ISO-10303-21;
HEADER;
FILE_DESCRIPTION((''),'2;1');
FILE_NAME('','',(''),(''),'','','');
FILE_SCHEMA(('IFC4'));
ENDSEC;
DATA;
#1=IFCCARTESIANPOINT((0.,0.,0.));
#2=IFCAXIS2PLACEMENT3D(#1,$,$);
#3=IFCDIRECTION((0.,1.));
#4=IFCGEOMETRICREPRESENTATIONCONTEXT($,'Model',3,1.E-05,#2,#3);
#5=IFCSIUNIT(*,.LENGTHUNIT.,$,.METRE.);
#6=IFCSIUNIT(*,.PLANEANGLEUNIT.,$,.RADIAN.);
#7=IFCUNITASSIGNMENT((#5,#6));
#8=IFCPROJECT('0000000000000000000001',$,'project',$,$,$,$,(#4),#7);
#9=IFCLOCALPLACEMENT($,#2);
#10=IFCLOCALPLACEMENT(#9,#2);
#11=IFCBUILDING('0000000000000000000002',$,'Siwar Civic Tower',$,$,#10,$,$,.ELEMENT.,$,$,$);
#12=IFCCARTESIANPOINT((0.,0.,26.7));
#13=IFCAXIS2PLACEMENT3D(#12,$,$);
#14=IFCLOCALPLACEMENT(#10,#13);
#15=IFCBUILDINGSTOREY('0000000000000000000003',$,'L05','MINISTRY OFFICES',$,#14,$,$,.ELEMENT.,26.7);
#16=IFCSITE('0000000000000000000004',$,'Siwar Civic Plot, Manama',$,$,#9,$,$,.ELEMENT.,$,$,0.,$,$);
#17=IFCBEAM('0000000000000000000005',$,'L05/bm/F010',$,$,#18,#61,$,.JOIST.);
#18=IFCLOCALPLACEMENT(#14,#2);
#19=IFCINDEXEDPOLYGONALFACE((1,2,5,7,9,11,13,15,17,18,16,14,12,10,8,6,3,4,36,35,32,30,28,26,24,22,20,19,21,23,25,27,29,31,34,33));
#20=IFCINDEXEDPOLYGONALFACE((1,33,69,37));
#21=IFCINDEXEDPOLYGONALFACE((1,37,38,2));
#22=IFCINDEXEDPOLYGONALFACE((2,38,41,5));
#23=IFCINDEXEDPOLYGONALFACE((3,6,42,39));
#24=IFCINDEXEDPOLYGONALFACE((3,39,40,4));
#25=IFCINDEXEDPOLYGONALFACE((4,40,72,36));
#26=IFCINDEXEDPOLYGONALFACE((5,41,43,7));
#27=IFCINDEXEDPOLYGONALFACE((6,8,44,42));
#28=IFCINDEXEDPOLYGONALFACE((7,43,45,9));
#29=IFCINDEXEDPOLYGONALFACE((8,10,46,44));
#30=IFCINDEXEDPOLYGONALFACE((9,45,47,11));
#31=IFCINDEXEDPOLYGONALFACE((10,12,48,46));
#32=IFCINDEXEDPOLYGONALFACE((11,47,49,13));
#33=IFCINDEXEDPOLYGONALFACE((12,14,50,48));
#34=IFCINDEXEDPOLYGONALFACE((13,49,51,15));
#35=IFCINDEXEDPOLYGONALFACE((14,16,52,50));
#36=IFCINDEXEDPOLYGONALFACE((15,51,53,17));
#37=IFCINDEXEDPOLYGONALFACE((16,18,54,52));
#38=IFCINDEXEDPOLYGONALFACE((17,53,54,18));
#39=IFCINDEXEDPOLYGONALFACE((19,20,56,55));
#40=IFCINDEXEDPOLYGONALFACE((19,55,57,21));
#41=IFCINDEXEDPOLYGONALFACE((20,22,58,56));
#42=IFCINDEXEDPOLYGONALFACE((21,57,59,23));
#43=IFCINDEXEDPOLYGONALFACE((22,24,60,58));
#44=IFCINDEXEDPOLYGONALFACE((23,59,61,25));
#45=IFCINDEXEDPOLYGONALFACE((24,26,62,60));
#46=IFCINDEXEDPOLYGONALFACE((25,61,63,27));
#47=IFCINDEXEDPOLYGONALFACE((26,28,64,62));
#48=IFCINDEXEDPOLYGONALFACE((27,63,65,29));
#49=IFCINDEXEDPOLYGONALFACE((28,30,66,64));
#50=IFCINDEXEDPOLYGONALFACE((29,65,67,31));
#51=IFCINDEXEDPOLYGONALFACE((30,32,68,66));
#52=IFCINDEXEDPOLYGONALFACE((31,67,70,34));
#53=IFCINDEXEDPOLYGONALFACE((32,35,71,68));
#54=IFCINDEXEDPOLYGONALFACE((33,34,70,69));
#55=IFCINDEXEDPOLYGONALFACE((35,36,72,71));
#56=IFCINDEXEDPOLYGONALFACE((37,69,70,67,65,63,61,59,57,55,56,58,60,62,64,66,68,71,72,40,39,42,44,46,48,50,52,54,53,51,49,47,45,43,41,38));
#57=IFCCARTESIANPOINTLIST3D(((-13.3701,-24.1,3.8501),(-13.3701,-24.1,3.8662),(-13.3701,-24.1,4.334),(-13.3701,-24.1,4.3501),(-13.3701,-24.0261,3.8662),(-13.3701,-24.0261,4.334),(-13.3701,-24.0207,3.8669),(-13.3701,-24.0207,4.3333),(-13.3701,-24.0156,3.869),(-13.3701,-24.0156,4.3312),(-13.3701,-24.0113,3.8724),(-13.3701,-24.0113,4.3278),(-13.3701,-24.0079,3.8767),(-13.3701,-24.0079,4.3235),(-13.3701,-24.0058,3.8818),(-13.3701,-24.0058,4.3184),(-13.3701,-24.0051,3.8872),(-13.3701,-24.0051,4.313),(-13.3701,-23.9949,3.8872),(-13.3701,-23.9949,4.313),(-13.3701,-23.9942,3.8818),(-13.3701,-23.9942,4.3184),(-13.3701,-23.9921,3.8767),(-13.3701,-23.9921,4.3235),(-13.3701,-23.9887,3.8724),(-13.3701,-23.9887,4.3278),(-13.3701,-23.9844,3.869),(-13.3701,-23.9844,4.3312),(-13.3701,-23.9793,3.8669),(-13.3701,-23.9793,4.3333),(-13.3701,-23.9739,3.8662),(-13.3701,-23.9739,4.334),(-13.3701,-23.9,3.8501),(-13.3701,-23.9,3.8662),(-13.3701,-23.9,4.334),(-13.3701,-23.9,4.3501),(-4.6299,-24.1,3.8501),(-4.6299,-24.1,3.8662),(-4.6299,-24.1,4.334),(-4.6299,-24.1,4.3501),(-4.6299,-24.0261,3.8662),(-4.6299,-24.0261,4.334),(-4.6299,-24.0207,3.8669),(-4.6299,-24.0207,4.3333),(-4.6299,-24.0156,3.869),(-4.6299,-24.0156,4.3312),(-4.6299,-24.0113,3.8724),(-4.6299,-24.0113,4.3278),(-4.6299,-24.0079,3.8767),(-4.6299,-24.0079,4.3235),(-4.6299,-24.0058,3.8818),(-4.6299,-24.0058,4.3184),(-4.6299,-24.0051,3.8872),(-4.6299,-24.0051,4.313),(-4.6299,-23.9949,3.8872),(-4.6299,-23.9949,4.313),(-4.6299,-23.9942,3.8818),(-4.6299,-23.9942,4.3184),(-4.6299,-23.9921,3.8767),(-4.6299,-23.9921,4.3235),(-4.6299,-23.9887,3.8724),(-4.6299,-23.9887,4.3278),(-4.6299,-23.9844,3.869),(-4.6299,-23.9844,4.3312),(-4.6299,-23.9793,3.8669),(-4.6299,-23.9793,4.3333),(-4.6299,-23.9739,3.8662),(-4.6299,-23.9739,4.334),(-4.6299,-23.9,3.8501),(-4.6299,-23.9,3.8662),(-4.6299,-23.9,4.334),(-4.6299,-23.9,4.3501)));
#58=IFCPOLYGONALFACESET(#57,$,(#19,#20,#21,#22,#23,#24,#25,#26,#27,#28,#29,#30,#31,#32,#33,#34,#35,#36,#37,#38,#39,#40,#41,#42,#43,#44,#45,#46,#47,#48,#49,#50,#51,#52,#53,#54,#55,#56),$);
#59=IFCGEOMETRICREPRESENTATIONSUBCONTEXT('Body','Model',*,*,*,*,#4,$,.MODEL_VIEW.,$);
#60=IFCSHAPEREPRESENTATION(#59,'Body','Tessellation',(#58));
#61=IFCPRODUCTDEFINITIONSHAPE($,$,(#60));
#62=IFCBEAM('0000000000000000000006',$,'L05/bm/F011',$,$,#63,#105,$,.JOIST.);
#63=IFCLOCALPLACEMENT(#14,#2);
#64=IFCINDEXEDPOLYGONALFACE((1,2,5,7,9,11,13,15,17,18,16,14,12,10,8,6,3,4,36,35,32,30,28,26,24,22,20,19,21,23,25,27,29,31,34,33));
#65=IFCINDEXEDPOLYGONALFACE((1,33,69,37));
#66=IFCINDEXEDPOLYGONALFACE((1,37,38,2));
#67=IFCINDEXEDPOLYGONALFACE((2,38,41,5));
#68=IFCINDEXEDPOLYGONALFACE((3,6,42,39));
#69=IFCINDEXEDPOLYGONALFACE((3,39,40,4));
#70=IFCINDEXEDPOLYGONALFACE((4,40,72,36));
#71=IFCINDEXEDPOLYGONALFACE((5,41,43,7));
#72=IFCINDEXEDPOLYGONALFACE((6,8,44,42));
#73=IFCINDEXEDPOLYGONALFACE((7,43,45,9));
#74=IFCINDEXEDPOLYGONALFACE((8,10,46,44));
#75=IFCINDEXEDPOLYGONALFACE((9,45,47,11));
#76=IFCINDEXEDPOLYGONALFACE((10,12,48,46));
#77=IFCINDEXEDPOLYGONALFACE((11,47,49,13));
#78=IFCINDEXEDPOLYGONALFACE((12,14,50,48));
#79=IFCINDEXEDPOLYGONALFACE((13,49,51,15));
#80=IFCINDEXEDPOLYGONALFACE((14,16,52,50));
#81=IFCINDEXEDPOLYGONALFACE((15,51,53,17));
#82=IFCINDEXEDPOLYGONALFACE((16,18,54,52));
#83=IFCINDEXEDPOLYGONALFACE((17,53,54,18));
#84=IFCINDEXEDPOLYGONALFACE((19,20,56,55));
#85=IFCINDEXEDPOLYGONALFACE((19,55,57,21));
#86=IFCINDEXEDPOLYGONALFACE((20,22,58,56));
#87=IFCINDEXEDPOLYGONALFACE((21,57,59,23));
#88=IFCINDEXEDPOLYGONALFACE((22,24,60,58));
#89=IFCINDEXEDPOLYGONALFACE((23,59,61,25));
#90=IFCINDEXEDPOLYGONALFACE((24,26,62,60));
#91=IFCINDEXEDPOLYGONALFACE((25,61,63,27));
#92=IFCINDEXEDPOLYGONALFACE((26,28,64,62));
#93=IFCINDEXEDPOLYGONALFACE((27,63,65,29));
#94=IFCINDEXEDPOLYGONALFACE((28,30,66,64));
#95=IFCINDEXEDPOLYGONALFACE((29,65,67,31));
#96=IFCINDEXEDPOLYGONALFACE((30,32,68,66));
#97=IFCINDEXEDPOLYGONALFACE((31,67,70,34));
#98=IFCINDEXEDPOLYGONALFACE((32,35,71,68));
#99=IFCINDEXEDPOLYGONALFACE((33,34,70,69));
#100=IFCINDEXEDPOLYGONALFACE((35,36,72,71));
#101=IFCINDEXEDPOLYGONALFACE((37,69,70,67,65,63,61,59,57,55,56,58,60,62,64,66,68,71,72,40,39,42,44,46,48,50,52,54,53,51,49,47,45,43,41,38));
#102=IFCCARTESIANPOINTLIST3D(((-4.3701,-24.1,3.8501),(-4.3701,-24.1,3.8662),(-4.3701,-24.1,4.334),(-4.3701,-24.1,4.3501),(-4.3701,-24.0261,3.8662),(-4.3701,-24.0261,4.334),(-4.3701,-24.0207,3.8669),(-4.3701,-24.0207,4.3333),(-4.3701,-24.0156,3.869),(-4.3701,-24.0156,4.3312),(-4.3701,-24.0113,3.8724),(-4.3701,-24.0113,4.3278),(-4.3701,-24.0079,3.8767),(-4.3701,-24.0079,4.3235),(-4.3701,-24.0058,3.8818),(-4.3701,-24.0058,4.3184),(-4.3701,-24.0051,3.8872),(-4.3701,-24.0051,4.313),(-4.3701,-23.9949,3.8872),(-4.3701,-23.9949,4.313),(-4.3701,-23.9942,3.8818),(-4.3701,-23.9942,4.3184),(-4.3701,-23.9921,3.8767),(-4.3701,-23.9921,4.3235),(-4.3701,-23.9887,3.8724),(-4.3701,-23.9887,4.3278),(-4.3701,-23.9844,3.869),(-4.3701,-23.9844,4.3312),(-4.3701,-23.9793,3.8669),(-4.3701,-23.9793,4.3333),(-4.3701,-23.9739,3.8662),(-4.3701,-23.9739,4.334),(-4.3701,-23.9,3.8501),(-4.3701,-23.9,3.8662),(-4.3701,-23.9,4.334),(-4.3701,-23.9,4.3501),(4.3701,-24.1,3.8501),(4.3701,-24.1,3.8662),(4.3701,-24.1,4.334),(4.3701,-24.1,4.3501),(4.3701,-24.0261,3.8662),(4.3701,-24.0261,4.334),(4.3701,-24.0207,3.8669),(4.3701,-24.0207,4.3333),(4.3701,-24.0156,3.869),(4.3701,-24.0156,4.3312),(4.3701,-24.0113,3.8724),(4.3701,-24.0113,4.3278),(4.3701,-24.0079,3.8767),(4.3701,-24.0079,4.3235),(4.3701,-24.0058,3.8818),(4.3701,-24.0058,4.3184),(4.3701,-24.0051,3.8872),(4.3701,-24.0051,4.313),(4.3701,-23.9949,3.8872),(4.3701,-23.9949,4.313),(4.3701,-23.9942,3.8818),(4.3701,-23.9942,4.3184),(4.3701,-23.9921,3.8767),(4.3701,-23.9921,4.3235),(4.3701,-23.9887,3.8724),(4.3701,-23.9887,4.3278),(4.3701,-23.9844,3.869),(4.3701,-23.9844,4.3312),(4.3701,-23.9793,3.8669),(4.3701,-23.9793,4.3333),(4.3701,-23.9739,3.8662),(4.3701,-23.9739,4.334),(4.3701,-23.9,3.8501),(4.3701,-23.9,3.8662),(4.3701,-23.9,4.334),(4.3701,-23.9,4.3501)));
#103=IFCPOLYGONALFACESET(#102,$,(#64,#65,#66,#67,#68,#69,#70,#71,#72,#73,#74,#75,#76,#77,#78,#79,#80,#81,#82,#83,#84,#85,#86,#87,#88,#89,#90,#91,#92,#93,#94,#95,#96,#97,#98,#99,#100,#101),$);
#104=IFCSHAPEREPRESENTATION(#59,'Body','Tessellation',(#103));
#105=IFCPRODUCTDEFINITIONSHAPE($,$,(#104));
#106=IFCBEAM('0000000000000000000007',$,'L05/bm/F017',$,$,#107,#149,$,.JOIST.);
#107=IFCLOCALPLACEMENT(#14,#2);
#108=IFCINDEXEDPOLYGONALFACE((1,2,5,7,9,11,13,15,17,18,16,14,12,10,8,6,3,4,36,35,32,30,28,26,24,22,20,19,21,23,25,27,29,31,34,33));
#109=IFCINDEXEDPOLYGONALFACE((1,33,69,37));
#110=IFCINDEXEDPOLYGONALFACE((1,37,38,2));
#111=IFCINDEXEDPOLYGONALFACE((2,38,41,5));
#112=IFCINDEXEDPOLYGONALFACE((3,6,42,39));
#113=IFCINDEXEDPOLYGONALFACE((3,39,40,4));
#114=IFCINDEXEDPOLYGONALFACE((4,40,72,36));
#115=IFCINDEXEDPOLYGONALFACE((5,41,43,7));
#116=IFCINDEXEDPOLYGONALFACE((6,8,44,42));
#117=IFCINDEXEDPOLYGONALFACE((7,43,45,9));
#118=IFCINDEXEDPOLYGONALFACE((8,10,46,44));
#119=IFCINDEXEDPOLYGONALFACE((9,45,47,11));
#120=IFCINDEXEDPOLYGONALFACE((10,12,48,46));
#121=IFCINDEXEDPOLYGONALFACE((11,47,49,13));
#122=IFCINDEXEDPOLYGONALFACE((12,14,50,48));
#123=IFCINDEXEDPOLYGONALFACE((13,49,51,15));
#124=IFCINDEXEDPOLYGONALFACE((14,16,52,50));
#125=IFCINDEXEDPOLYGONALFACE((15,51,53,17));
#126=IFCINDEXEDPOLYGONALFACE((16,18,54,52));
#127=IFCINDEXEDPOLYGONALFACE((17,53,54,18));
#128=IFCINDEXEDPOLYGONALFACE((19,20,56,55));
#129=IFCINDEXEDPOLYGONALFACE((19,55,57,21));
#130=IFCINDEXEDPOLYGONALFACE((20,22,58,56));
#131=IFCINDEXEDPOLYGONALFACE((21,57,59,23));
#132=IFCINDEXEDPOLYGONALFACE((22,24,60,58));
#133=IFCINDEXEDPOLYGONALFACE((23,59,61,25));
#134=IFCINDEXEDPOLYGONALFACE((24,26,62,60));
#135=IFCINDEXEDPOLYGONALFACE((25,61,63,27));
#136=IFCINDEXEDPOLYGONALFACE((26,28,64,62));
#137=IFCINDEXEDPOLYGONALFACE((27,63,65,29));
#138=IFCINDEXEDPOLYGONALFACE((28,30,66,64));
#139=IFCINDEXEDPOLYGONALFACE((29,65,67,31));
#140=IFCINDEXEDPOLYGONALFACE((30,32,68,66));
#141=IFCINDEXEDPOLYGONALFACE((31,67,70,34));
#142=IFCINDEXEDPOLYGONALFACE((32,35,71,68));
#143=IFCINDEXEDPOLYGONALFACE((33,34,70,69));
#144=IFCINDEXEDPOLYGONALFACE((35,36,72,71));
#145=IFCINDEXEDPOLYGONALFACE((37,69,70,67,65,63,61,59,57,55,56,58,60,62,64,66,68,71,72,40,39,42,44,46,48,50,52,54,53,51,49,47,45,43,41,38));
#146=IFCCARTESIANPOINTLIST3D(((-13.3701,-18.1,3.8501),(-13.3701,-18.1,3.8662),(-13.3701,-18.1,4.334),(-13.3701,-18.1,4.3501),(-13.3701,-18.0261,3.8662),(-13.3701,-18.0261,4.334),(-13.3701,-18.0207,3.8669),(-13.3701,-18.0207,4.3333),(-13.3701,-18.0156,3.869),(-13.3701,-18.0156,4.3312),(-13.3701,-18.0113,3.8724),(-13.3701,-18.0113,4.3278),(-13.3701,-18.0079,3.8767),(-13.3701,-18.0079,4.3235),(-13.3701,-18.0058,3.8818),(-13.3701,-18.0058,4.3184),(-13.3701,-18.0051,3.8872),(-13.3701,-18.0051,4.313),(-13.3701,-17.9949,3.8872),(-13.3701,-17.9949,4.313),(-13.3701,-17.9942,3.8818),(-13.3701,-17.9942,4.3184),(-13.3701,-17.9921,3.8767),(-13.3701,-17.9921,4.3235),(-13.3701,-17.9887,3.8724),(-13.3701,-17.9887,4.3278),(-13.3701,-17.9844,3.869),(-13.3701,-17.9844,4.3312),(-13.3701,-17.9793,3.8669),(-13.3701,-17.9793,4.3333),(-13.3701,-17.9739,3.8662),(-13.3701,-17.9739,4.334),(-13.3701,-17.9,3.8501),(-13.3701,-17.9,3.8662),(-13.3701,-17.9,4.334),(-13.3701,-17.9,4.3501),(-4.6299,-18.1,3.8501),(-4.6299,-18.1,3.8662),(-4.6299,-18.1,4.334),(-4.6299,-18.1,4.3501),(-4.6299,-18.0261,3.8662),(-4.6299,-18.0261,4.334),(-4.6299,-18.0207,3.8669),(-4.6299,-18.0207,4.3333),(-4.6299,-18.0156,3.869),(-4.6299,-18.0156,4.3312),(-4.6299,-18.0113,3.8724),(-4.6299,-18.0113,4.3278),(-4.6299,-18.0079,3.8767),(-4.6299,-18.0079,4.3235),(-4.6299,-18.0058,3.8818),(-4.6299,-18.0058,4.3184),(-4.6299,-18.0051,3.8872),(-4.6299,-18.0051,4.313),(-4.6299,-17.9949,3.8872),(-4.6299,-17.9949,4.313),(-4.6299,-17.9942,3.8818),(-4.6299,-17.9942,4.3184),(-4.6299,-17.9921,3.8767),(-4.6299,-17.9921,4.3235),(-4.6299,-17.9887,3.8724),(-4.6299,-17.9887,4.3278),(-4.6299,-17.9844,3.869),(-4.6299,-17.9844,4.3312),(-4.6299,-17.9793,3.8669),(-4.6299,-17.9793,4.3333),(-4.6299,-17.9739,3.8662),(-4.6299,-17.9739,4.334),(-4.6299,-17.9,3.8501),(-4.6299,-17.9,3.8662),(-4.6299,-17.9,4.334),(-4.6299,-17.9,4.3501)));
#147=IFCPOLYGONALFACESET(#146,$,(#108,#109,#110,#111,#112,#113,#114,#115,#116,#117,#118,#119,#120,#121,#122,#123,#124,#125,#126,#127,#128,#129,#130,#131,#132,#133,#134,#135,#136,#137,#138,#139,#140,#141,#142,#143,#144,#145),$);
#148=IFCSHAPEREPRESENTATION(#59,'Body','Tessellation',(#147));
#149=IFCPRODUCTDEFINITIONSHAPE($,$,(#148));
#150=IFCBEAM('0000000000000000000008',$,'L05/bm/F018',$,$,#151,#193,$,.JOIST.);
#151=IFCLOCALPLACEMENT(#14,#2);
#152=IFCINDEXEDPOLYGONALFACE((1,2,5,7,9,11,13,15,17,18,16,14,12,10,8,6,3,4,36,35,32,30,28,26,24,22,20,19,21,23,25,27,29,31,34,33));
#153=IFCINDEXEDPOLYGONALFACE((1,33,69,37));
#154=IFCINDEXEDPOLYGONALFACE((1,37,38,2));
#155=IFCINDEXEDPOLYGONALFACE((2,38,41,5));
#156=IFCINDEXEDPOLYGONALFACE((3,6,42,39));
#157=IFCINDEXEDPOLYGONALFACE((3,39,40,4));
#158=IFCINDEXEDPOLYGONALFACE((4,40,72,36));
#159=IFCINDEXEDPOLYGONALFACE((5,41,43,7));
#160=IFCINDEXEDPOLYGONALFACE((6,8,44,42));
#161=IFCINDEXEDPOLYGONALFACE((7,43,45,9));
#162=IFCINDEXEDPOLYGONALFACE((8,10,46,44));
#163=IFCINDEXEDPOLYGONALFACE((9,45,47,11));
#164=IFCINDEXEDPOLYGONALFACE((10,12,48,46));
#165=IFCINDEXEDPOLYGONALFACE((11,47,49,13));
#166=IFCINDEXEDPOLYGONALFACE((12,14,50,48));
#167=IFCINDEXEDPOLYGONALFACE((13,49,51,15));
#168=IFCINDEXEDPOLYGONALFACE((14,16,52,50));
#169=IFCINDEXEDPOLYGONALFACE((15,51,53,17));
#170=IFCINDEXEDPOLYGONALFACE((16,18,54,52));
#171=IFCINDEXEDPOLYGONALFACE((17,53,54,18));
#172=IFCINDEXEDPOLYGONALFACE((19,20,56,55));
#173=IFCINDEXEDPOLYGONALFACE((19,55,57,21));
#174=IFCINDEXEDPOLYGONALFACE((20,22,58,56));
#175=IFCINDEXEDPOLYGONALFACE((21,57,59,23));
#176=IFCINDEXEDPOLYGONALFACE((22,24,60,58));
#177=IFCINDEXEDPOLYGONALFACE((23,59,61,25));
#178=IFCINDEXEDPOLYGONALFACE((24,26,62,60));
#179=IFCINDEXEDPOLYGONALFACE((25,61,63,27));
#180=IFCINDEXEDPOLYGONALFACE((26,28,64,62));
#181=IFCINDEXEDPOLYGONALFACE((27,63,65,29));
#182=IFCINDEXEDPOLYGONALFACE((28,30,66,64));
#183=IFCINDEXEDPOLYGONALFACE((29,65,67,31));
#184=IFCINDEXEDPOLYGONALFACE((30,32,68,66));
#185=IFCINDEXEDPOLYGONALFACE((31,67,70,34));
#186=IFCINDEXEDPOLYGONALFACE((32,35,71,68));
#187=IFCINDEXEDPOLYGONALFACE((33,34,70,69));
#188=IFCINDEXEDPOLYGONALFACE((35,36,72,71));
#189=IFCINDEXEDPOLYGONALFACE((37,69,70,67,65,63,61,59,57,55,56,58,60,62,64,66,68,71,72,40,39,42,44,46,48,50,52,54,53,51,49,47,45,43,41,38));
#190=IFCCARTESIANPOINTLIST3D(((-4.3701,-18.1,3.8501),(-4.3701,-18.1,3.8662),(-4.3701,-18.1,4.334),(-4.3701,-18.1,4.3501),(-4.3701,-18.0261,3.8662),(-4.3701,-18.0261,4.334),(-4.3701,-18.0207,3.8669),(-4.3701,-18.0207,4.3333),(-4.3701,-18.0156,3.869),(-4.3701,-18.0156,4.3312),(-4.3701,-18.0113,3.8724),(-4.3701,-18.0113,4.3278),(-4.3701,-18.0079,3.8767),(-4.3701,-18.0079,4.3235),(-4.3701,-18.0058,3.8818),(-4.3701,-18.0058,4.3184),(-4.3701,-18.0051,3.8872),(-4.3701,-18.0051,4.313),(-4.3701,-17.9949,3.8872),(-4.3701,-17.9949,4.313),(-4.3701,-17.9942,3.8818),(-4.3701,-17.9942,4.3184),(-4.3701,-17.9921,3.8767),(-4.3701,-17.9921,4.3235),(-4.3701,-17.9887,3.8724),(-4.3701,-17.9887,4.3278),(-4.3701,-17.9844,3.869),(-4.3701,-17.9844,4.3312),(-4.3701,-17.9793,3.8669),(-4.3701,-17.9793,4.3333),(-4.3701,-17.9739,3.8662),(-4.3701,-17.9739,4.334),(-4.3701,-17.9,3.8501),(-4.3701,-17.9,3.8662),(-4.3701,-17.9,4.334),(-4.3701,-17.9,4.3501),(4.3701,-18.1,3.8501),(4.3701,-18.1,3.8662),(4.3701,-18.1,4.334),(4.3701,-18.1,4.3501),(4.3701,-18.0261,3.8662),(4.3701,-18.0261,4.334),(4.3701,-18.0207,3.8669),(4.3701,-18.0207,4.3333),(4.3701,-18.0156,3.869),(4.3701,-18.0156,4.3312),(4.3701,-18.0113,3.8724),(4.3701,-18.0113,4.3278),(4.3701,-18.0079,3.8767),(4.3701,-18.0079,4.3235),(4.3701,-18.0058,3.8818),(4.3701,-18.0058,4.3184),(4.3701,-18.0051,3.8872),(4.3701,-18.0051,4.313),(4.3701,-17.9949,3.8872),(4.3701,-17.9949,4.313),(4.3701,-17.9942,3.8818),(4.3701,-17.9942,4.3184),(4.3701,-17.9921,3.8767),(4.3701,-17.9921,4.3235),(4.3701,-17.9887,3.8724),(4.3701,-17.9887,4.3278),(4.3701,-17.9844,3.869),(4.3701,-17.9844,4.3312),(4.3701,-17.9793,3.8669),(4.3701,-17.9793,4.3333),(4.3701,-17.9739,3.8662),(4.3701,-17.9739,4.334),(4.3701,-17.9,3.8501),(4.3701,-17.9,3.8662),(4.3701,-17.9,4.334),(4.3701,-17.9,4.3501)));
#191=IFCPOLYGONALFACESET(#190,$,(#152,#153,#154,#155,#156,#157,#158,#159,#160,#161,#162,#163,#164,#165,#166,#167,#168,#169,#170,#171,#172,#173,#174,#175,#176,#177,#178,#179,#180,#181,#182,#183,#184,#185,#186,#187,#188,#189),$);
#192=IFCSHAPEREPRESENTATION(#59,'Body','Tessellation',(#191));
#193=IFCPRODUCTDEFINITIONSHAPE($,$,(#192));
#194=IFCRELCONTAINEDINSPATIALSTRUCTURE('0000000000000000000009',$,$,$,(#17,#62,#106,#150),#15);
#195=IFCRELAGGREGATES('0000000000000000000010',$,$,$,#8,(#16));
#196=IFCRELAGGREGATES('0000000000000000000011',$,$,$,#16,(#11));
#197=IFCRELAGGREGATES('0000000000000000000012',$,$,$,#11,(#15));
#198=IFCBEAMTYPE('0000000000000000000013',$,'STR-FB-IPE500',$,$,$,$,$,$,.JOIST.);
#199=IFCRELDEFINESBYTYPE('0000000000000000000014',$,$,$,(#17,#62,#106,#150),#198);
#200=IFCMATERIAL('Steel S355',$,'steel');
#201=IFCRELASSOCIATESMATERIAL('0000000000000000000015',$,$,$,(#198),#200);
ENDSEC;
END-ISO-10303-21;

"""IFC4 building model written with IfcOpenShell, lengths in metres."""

from ifc_helpers import new_model, si_unit, direction, frame, origin, origin_2d, place, context, subcontext, project, spatial, i_section, extrude, material, material_profile, profile_set, type_object, element, save


model = new_model("IFC4")

# Units and contexts
model_context = context("Model", 3, precision=1e-05, world=origin(), true_north=direction((0.0, 1.0)))
body_context = subcontext(model_context, "Body", "Model", "MODEL_VIEW")
ifc_project = project(units=[si_unit("LENGTHUNIT", "METRE"), si_unit("PLANEANGLEUNIT", "RADIAN")], contexts=[model_context])

# Site, building, storey
site_placement = place(None, origin())
site = spatial("IfcSite", under=ifc_project, at=site_placement, Name="Siwar Civic Plot, Manama", CompositionType="ELEMENT", RefElevation=0.0)
building_placement = place(site_placement, origin())
building = spatial("IfcBuilding", under=site, at=building_placement, Name="Siwar Civic Tower", CompositionType="ELEMENT")
storey_placement = place(building_placement, frame((0.0, 0.0, 26.7)))
storey = spatial("IfcBuildingStorey", under=building, at=storey_placement, Name="L05", Description="MINISTRY OFFICES", CompositionType="ELEMENT", Elevation=26.7)

# Beams
ifc_material_1 = material(Name="Steel S355", Category="steel")
ifc_material_profile_1 = material_profile(ifc_material_1, i_section(OverallWidth=0.2, OverallDepth=0.5, WebThickness=0.0103, FlangeThickness=0.0161, FilletRadius=0.021, at=origin_2d()), Name="IPE500")
ifc_profile_set_1 = profile_set([ifc_material_profile_1], Name="Steel S355")
beam_type_1 = type_object("IfcBeamType", Name="STR-FB-IPE500", PredefinedType="JOIST", material=ifc_profile_set_1)
for number, where, z_axis, x_axis, name in (
    (1, (-13.3701, -24.0, 4.1001), (1.0, 0.0, 0.0), (0.0, 1.0, 0.0), "L05/bm/F010"),
    (2, (-4.3701, -24.0, 4.1001), (1.0, 0.0, 0.0), (0.0, 1.0, 0.0), "L05/bm/F011"),
    (3, (-13.3701, -18.0, 4.1001), (1.0, 0.0, 0.0), (0.0, 1.0, 0.0), "L05/bm/F017"),
    (4, (-4.3701, -18.0, 4.1001), (1.0, 0.0, 0.0), (0.0, 1.0, 0.0), "L05/bm/F018"),
):
    element("IfcBeam", number, at=place(storey_placement, frame(where, z_axis=z_axis, x_axis=x_axis)), inside=storey, type_object=beam_type_1, Name=name, PredefinedType="JOIST", context=body_context, shape_type="SweptSolid", body=[
        extrude(i_section(OverallWidth=0.2, OverallDepth=0.5, WebThickness=0.0103, FlangeThickness=0.0161, FilletRadius=0.021, at=origin_2d()), origin(), (0.0, 0.0, 1.0), 8.7402),
    ])

save(model, "model.ifc")
